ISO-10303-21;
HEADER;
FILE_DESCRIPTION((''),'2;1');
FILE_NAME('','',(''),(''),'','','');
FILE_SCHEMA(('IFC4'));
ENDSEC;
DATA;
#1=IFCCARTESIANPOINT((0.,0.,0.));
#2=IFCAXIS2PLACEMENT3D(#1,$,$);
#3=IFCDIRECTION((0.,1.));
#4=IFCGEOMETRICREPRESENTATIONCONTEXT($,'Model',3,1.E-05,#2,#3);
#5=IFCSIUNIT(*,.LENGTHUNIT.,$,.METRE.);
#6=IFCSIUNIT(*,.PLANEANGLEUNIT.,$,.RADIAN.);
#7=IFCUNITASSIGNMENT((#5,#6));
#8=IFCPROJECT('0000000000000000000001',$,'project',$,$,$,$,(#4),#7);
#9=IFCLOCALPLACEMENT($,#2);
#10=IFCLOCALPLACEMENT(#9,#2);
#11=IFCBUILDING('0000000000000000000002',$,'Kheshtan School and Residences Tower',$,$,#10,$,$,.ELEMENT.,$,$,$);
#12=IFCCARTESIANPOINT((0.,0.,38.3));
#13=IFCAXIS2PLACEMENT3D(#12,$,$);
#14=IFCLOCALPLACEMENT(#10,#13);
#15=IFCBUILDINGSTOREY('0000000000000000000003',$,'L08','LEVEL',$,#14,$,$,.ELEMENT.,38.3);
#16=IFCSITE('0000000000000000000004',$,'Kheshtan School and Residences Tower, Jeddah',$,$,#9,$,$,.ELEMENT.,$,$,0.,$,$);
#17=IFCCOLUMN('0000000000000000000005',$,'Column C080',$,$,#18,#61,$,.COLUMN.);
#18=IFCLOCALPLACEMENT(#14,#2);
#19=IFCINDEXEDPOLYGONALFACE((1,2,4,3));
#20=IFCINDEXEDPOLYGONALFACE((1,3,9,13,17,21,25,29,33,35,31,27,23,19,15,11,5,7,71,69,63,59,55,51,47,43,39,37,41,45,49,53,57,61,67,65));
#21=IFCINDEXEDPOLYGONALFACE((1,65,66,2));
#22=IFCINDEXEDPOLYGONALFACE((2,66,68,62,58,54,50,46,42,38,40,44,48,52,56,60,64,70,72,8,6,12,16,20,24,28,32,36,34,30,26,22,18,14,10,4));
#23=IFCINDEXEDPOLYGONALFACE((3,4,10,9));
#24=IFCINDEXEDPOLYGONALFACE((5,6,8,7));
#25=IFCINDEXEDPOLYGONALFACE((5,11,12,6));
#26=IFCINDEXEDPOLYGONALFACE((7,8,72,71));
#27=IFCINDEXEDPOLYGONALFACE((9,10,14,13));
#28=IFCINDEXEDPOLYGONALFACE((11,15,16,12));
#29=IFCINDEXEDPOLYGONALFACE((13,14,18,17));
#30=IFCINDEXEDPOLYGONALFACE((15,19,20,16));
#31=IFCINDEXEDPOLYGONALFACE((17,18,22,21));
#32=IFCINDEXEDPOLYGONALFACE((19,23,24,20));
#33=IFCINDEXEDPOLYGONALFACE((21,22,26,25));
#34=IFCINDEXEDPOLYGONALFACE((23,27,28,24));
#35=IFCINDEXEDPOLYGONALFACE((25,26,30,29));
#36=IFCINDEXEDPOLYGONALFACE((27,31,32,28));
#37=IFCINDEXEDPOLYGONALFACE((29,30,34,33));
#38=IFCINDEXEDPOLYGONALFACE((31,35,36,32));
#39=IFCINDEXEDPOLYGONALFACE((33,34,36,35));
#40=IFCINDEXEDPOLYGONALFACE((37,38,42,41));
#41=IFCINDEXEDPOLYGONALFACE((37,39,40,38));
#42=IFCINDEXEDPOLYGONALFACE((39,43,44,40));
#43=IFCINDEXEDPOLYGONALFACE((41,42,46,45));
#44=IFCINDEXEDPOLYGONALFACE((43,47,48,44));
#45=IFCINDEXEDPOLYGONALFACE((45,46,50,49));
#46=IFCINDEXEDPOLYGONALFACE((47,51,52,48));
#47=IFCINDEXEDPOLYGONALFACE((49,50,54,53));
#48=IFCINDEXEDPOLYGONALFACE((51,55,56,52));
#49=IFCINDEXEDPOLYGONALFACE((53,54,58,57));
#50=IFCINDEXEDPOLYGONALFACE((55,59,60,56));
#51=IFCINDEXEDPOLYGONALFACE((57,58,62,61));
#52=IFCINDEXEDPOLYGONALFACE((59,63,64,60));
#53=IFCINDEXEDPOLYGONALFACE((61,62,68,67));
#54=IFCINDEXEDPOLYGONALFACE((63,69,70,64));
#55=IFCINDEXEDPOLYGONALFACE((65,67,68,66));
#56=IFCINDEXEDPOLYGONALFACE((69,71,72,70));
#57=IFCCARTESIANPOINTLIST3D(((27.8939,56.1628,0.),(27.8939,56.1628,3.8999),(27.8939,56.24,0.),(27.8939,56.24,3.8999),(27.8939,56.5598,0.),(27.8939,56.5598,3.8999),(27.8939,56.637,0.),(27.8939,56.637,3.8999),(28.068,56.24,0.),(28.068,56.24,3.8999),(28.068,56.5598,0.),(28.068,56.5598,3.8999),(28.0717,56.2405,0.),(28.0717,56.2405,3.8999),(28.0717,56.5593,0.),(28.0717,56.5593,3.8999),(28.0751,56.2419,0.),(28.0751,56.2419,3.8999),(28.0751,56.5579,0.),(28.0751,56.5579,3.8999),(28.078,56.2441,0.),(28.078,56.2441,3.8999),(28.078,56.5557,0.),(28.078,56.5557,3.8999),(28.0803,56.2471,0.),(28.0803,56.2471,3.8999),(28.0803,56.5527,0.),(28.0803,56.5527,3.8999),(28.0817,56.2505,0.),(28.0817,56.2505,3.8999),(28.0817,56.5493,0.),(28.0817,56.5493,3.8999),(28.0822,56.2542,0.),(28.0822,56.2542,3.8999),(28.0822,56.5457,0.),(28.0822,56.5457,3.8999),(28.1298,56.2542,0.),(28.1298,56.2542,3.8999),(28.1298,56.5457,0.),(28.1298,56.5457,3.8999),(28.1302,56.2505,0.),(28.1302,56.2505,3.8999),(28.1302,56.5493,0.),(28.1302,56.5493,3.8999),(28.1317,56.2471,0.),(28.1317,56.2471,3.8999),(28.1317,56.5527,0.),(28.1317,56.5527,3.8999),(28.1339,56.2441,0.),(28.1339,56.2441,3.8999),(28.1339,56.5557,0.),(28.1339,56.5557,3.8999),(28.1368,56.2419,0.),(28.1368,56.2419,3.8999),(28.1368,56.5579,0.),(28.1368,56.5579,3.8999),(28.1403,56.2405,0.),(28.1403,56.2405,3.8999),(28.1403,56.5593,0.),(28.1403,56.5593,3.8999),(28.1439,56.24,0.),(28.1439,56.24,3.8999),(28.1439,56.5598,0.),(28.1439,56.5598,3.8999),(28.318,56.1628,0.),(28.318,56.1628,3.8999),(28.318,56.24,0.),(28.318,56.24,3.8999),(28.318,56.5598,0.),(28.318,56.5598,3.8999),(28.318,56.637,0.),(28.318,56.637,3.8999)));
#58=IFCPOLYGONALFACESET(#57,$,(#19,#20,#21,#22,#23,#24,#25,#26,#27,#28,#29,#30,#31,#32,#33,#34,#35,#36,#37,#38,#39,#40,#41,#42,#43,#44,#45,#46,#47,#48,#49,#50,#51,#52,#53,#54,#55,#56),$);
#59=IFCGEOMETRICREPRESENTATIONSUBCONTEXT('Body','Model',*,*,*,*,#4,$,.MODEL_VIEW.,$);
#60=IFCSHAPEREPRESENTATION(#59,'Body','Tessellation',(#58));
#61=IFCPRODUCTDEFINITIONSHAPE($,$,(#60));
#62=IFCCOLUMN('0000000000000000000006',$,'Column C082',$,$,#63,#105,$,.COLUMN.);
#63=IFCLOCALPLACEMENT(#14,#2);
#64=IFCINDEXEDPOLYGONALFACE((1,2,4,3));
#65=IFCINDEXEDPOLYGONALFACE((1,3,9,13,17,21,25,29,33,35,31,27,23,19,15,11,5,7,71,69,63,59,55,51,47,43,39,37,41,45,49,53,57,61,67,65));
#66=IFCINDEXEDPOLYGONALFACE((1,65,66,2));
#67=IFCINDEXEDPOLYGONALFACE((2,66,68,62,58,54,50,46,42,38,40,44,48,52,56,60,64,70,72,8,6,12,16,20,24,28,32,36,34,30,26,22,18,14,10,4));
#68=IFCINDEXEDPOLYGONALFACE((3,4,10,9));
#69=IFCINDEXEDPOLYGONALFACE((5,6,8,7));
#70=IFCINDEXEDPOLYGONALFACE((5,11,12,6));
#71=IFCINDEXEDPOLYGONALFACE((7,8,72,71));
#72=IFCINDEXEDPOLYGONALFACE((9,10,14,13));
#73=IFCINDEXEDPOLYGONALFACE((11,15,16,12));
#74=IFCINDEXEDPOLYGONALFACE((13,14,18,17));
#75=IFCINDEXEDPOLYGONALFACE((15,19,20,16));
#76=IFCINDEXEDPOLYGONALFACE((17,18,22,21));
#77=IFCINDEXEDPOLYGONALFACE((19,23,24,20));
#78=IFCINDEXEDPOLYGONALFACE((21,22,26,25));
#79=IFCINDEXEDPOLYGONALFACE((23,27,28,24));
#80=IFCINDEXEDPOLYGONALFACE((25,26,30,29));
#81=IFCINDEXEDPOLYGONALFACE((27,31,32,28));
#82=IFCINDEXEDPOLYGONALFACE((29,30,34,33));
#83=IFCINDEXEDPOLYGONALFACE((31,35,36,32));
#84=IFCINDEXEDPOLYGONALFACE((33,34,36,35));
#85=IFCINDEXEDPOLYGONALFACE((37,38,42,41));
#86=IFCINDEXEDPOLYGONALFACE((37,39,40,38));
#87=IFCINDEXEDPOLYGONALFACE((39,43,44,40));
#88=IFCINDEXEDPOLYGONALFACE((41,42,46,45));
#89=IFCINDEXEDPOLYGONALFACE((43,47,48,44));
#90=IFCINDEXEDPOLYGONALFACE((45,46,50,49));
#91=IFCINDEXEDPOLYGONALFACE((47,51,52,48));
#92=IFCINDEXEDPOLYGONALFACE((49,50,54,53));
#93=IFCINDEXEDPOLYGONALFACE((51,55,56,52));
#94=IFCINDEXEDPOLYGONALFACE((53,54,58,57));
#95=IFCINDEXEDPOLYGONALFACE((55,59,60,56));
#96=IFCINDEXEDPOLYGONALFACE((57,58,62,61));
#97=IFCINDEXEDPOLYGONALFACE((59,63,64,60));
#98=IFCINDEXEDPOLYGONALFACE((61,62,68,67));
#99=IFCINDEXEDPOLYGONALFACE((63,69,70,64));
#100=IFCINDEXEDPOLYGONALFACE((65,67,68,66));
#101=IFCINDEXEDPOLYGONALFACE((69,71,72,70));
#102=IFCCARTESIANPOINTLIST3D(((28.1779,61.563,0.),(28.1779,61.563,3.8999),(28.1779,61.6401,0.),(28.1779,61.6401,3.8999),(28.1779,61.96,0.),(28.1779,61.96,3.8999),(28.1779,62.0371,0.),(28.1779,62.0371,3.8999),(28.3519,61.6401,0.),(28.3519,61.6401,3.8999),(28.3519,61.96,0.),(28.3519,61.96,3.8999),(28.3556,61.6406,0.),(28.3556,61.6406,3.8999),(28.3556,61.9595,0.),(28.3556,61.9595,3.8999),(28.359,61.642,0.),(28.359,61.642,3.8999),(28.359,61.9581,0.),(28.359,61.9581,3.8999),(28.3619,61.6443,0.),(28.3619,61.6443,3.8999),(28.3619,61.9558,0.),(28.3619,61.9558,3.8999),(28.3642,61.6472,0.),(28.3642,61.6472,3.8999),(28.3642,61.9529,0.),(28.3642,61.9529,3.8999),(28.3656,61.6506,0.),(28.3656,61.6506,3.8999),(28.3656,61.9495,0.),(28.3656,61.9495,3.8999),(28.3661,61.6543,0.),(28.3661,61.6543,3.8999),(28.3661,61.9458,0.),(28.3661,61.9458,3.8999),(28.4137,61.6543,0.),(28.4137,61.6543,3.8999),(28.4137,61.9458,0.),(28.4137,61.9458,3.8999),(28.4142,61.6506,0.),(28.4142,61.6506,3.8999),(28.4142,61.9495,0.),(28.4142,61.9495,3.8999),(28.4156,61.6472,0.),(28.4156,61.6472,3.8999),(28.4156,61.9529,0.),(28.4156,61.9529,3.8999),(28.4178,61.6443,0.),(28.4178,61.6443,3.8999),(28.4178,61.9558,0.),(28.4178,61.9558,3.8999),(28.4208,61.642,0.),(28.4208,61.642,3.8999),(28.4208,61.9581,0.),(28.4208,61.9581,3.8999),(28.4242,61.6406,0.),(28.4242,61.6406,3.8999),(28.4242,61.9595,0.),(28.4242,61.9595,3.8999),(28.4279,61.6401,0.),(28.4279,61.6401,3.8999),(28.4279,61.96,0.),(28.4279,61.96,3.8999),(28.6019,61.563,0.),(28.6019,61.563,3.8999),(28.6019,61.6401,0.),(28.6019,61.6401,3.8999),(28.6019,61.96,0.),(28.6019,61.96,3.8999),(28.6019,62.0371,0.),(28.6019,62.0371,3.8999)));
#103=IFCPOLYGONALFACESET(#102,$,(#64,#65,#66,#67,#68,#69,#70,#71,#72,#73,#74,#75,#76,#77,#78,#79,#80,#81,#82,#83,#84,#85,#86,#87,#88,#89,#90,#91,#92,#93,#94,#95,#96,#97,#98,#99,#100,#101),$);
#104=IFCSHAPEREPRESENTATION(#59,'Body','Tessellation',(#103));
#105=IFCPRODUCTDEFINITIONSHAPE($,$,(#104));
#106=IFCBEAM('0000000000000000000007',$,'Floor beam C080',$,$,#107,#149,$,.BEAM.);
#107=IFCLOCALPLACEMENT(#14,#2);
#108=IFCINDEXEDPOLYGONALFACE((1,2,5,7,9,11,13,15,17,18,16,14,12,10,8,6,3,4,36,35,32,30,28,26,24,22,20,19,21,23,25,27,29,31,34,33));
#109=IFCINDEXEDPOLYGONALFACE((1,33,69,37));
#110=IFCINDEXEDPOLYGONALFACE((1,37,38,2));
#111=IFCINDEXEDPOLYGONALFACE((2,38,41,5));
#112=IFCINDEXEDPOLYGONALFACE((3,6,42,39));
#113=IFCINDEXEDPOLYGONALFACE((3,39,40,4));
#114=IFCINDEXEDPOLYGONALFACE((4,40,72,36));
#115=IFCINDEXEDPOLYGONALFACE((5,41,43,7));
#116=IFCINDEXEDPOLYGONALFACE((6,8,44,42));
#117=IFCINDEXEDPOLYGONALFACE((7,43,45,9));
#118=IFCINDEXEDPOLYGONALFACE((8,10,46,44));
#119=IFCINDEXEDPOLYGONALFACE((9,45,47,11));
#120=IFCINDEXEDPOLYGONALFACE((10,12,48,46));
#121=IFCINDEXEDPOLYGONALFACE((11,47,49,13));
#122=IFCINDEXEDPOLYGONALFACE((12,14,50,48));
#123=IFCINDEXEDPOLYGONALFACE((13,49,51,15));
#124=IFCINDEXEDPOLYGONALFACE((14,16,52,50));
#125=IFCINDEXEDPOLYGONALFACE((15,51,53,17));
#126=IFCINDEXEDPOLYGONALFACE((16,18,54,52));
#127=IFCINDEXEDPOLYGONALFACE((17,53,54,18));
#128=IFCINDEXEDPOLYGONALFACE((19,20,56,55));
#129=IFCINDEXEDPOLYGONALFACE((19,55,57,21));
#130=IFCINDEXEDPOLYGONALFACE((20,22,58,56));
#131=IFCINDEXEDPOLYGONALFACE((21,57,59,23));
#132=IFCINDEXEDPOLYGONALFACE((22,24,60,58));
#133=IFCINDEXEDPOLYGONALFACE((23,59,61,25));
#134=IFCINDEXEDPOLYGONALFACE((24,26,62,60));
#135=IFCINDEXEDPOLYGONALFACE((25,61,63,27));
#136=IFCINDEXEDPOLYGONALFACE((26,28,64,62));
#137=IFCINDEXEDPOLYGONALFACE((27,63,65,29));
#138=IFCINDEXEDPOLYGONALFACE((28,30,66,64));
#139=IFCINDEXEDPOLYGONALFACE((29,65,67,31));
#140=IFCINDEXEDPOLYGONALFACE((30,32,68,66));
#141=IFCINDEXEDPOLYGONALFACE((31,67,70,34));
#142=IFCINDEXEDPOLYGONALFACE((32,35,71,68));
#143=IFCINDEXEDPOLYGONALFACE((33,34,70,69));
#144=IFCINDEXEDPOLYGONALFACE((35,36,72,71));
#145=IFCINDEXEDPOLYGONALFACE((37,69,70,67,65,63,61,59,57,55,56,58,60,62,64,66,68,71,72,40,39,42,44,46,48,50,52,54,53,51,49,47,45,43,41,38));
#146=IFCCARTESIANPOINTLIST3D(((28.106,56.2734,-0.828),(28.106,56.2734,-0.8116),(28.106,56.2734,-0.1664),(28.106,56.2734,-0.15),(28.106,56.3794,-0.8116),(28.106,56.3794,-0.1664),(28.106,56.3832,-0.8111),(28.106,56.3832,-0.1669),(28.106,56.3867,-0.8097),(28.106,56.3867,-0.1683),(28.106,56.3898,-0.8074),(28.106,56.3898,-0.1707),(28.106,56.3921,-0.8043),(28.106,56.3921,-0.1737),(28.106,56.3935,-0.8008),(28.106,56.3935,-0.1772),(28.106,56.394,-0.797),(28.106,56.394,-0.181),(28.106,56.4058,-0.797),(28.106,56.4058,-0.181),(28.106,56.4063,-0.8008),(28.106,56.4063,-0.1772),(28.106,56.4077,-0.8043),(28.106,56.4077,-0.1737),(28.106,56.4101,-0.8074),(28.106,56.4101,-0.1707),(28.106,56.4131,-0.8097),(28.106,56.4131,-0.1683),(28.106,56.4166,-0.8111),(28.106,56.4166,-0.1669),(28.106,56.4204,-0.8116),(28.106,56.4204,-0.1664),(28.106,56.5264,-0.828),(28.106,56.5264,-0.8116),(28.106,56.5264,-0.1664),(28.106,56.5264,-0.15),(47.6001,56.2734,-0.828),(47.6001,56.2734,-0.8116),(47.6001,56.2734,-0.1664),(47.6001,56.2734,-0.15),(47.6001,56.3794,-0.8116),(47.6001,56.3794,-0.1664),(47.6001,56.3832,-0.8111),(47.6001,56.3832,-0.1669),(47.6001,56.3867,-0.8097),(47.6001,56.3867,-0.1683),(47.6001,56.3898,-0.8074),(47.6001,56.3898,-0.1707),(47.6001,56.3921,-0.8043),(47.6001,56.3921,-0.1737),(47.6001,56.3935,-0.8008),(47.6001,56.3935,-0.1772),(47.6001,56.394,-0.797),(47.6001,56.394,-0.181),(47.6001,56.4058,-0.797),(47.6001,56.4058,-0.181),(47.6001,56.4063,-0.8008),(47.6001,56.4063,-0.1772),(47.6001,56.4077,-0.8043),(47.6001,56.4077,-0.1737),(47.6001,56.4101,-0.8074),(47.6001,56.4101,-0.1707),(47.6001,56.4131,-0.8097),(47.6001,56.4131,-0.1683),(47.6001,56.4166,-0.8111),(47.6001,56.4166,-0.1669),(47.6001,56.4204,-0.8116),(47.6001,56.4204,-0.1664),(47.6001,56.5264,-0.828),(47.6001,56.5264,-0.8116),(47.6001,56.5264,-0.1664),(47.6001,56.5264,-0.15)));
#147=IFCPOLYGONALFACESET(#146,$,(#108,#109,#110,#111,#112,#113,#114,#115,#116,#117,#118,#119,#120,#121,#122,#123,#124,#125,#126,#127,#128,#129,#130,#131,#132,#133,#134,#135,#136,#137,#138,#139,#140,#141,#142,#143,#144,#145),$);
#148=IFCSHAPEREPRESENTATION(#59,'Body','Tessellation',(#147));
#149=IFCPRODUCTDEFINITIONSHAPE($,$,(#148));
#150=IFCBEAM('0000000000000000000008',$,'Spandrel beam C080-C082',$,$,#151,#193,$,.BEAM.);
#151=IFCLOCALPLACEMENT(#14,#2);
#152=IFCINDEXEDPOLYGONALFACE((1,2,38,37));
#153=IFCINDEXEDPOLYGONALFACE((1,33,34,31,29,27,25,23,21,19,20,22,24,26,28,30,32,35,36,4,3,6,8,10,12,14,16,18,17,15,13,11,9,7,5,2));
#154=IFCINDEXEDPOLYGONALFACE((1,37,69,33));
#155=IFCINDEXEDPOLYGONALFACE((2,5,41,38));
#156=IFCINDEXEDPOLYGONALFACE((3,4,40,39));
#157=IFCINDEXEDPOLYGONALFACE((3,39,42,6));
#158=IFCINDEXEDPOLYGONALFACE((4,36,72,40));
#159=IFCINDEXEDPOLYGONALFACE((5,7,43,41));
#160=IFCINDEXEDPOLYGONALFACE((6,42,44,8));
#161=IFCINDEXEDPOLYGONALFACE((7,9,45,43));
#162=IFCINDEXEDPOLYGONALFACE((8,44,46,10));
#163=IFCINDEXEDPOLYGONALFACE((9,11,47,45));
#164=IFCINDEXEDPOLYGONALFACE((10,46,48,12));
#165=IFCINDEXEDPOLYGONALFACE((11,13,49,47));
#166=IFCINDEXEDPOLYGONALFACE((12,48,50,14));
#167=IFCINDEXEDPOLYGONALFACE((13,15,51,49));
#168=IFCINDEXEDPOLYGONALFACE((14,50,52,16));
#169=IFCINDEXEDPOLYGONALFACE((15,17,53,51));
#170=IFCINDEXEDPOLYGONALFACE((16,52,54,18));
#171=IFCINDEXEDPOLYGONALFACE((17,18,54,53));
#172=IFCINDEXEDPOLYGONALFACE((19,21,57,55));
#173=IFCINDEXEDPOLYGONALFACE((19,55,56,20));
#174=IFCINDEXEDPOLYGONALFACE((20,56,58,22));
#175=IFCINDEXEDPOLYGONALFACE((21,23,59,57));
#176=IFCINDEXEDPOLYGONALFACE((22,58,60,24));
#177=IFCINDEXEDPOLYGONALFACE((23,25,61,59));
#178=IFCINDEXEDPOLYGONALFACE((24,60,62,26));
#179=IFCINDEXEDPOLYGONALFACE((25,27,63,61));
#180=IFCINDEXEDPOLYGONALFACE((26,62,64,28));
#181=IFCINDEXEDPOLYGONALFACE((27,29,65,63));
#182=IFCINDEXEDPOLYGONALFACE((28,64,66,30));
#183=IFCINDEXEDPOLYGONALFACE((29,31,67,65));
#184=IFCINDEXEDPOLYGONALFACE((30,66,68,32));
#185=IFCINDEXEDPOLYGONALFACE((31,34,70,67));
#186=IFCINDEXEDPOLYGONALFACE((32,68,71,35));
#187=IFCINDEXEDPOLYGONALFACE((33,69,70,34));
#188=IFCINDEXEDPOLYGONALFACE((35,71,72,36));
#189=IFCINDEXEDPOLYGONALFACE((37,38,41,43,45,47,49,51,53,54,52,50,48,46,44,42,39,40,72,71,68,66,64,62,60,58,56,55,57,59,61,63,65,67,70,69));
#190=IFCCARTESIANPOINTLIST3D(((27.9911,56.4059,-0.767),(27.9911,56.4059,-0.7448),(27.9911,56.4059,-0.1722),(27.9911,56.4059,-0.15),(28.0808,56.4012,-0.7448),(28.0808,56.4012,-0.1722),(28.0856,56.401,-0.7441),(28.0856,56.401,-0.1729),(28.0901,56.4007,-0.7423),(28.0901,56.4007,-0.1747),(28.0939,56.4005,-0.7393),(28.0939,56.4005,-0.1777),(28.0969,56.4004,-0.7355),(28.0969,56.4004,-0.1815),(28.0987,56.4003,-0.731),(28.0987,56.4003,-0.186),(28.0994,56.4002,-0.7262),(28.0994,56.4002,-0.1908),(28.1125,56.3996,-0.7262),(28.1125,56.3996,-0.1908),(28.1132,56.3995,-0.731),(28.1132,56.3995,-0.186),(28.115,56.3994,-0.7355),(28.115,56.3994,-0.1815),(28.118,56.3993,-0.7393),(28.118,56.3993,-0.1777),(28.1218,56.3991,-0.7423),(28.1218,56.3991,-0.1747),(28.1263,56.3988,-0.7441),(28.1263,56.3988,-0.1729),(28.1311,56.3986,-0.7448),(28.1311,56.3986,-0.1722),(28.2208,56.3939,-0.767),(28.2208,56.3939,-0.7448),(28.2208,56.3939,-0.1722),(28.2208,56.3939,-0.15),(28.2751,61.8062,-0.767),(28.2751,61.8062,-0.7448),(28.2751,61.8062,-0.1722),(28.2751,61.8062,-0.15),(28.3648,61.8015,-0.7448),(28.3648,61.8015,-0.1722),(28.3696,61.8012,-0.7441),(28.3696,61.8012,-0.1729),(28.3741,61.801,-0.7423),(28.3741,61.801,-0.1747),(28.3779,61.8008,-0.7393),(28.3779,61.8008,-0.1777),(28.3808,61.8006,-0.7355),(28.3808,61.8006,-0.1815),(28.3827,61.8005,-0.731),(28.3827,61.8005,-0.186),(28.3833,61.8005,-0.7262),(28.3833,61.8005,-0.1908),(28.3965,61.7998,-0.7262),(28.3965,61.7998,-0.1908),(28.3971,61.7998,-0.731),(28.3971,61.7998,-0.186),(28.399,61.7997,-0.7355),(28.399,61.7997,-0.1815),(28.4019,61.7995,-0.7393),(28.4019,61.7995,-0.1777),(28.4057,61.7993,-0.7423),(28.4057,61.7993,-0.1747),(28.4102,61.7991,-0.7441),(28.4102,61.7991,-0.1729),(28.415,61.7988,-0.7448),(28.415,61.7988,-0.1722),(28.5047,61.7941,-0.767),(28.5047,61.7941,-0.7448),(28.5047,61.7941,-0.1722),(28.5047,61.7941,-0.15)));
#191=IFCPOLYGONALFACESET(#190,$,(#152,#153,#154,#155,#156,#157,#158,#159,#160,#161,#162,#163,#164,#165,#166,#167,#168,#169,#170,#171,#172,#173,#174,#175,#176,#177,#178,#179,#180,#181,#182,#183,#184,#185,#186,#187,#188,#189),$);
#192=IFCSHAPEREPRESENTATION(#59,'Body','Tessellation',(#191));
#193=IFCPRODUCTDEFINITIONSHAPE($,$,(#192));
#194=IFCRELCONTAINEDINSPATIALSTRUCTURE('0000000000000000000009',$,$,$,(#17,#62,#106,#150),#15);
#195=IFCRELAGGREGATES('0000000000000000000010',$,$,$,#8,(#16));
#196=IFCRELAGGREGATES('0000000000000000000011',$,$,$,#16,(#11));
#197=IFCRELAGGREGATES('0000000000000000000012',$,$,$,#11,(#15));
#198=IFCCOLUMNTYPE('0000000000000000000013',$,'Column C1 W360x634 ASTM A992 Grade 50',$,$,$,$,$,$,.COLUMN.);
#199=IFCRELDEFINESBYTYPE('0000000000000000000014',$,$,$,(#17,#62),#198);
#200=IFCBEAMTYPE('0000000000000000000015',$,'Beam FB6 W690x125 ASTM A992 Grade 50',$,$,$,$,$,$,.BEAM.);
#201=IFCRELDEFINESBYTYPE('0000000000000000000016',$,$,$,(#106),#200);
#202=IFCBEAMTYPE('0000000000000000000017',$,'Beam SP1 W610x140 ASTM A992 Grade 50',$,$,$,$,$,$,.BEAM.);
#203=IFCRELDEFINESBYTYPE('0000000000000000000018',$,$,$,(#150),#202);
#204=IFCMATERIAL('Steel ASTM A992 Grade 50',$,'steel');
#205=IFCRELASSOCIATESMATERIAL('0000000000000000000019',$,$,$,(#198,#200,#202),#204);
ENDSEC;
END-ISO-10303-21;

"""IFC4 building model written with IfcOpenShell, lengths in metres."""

from ifc_helpers import new_model, si_unit, direction, frame, origin, origin_2d, place, context, subcontext, project, spatial, i_section, extrude, material, material_profile, profile_set, type_object, element, save


model = new_model("IFC4")

# Units and contexts
model_context = context("Model", 3, precision=1e-05, world=origin(), true_north=direction((0.0, 1.0)))
body_context = subcontext(model_context, "Body", "Model", "MODEL_VIEW")
ifc_project = project(units=[si_unit("LENGTHUNIT", "METRE"), si_unit("PLANEANGLEUNIT", "RADIAN")], contexts=[model_context])

# Site, building, storey
site_placement = place(None, origin())
site = spatial("IfcSite", under=ifc_project, at=site_placement, Name="Kheshtan School and Residences Tower, Jeddah", CompositionType="ELEMENT", RefElevation=0.0)
building_placement = place(site_placement, origin())
building = spatial("IfcBuilding", under=site, at=building_placement, Name="Kheshtan School and Residences Tower", CompositionType="ELEMENT")
storey_placement = place(building_placement, frame((0.0, 0.0, 38.3)))
storey = spatial("IfcBuildingStorey", under=building, at=storey_placement, Name="L08", Description="LEVEL", CompositionType="ELEMENT", Elevation=38.3)

# Columns
ifc_material_1 = material(Name="Steel ASTM A992 Grade 50", Category="steel")
ifc_material_profile_1 = material_profile(ifc_material_1, i_section(OverallWidth=0.4241, OverallDepth=0.4741, WebThickness=0.0476, FlangeThickness=0.0771, FilletRadius=0.0142, at=origin_2d()), Name="W360x634")
ifc_profile_set_1 = profile_set([ifc_material_profile_1], Name="Steel ASTM A992 Grade 50")
column_type = type_object("IfcColumnType", Name="Column C1 W360x634 ASTM A992 Grade 50", PredefinedType="COLUMN", material=ifc_profile_set_1)
for number, where, z_axis, x_axis, name in (
    (1, (28.106, 56.3999, 0.0), (0.0, 0.0, 1.0), (1.0, 0.0, 0.0), "Column C080"),
    (2, (28.3899, 61.8, 0.0), (0.0, 0.0, 1.0), (1.0, 0.0, 0.0), "Column C082"),
):
    element("IfcColumn", number, at=place(storey_placement, frame(where, z_axis=z_axis, x_axis=x_axis)), inside=storey, type_object=column_type, Name=name, PredefinedType="COLUMN", context=body_context, shape_type="SweptSolid", body=[
        extrude(i_section(OverallWidth=0.4241, OverallDepth=0.4741, WebThickness=0.0476, FlangeThickness=0.0771, FilletRadius=0.0142, at=origin_2d()), origin(), (0.0, 0.0, 1.0), 3.8999),
    ])

# Beams
ifc_material_profile_2 = material_profile(ifc_material_1, i_section(OverallWidth=0.2529, OverallDepth=0.678, WebThickness=0.0117, FlangeThickness=0.0164, FilletRadius=0.0146, at=origin_2d()), Name="W690x125")
ifc_profile_set_2 = profile_set([ifc_material_profile_2], Name="Steel ASTM A992 Grade 50")
beam_type_1 = type_object("IfcBeamType", Name="Beam FB6 W690x125 ASTM A992 Grade 50", PredefinedType="BEAM", material=ifc_profile_set_2)
beam_1_placement = place(storey_placement, frame((28.106, 56.3999, -0.489), z_axis=(1.0, 0.0, 0.0), x_axis=(0.0, 1.0, 0.0)))
element("IfcBeam", 3, at=beam_1_placement, inside=storey, type_object=beam_type_1, Name="Floor beam C080", PredefinedType="BEAM", context=body_context, shape_type="SweptSolid", body=[
    extrude(i_section(OverallWidth=0.2529, OverallDepth=0.678, WebThickness=0.0117, FlangeThickness=0.0164, FilletRadius=0.0146, at=origin_2d()), origin(), (0.0, 0.0, 1.0), 19.4941),
])
ifc_material_profile_3 = material_profile(ifc_material_1, i_section(OverallWidth=0.23, OverallDepth=0.6169, WebThickness=0.0132, FlangeThickness=0.0222, FilletRadius=0.0186, at=origin_2d()), Name="W610x140")
ifc_profile_set_3 = profile_set([ifc_material_profile_3], Name="Steel ASTM A992 Grade 50")
beam_type_2 = type_object("IfcBeamType", Name="Beam SP1 W610x140 ASTM A992 Grade 50", PredefinedType="BEAM", material=ifc_profile_set_3)
beam_2_placement = place(storey_placement, frame((28.106, 56.3999, -0.4585), z_axis=(0.052507, 0.998621, 0.0), x_axis=(-0.998621, 0.052507, 0.0)))
element("IfcBeam", 4, at=beam_2_placement, inside=storey, type_object=beam_type_2, Name="Spandrel beam C080-C082", PredefinedType="BEAM", context=body_context, shape_type="SweptSolid", body=[
    extrude(i_section(OverallWidth=0.23, OverallDepth=0.6169, WebThickness=0.0132, FlangeThickness=0.0222, FilletRadius=0.0186, at=origin_2d()), origin(), (0.0, 0.0, 1.0), 5.4077),
])

save(model, "model.ifc")
